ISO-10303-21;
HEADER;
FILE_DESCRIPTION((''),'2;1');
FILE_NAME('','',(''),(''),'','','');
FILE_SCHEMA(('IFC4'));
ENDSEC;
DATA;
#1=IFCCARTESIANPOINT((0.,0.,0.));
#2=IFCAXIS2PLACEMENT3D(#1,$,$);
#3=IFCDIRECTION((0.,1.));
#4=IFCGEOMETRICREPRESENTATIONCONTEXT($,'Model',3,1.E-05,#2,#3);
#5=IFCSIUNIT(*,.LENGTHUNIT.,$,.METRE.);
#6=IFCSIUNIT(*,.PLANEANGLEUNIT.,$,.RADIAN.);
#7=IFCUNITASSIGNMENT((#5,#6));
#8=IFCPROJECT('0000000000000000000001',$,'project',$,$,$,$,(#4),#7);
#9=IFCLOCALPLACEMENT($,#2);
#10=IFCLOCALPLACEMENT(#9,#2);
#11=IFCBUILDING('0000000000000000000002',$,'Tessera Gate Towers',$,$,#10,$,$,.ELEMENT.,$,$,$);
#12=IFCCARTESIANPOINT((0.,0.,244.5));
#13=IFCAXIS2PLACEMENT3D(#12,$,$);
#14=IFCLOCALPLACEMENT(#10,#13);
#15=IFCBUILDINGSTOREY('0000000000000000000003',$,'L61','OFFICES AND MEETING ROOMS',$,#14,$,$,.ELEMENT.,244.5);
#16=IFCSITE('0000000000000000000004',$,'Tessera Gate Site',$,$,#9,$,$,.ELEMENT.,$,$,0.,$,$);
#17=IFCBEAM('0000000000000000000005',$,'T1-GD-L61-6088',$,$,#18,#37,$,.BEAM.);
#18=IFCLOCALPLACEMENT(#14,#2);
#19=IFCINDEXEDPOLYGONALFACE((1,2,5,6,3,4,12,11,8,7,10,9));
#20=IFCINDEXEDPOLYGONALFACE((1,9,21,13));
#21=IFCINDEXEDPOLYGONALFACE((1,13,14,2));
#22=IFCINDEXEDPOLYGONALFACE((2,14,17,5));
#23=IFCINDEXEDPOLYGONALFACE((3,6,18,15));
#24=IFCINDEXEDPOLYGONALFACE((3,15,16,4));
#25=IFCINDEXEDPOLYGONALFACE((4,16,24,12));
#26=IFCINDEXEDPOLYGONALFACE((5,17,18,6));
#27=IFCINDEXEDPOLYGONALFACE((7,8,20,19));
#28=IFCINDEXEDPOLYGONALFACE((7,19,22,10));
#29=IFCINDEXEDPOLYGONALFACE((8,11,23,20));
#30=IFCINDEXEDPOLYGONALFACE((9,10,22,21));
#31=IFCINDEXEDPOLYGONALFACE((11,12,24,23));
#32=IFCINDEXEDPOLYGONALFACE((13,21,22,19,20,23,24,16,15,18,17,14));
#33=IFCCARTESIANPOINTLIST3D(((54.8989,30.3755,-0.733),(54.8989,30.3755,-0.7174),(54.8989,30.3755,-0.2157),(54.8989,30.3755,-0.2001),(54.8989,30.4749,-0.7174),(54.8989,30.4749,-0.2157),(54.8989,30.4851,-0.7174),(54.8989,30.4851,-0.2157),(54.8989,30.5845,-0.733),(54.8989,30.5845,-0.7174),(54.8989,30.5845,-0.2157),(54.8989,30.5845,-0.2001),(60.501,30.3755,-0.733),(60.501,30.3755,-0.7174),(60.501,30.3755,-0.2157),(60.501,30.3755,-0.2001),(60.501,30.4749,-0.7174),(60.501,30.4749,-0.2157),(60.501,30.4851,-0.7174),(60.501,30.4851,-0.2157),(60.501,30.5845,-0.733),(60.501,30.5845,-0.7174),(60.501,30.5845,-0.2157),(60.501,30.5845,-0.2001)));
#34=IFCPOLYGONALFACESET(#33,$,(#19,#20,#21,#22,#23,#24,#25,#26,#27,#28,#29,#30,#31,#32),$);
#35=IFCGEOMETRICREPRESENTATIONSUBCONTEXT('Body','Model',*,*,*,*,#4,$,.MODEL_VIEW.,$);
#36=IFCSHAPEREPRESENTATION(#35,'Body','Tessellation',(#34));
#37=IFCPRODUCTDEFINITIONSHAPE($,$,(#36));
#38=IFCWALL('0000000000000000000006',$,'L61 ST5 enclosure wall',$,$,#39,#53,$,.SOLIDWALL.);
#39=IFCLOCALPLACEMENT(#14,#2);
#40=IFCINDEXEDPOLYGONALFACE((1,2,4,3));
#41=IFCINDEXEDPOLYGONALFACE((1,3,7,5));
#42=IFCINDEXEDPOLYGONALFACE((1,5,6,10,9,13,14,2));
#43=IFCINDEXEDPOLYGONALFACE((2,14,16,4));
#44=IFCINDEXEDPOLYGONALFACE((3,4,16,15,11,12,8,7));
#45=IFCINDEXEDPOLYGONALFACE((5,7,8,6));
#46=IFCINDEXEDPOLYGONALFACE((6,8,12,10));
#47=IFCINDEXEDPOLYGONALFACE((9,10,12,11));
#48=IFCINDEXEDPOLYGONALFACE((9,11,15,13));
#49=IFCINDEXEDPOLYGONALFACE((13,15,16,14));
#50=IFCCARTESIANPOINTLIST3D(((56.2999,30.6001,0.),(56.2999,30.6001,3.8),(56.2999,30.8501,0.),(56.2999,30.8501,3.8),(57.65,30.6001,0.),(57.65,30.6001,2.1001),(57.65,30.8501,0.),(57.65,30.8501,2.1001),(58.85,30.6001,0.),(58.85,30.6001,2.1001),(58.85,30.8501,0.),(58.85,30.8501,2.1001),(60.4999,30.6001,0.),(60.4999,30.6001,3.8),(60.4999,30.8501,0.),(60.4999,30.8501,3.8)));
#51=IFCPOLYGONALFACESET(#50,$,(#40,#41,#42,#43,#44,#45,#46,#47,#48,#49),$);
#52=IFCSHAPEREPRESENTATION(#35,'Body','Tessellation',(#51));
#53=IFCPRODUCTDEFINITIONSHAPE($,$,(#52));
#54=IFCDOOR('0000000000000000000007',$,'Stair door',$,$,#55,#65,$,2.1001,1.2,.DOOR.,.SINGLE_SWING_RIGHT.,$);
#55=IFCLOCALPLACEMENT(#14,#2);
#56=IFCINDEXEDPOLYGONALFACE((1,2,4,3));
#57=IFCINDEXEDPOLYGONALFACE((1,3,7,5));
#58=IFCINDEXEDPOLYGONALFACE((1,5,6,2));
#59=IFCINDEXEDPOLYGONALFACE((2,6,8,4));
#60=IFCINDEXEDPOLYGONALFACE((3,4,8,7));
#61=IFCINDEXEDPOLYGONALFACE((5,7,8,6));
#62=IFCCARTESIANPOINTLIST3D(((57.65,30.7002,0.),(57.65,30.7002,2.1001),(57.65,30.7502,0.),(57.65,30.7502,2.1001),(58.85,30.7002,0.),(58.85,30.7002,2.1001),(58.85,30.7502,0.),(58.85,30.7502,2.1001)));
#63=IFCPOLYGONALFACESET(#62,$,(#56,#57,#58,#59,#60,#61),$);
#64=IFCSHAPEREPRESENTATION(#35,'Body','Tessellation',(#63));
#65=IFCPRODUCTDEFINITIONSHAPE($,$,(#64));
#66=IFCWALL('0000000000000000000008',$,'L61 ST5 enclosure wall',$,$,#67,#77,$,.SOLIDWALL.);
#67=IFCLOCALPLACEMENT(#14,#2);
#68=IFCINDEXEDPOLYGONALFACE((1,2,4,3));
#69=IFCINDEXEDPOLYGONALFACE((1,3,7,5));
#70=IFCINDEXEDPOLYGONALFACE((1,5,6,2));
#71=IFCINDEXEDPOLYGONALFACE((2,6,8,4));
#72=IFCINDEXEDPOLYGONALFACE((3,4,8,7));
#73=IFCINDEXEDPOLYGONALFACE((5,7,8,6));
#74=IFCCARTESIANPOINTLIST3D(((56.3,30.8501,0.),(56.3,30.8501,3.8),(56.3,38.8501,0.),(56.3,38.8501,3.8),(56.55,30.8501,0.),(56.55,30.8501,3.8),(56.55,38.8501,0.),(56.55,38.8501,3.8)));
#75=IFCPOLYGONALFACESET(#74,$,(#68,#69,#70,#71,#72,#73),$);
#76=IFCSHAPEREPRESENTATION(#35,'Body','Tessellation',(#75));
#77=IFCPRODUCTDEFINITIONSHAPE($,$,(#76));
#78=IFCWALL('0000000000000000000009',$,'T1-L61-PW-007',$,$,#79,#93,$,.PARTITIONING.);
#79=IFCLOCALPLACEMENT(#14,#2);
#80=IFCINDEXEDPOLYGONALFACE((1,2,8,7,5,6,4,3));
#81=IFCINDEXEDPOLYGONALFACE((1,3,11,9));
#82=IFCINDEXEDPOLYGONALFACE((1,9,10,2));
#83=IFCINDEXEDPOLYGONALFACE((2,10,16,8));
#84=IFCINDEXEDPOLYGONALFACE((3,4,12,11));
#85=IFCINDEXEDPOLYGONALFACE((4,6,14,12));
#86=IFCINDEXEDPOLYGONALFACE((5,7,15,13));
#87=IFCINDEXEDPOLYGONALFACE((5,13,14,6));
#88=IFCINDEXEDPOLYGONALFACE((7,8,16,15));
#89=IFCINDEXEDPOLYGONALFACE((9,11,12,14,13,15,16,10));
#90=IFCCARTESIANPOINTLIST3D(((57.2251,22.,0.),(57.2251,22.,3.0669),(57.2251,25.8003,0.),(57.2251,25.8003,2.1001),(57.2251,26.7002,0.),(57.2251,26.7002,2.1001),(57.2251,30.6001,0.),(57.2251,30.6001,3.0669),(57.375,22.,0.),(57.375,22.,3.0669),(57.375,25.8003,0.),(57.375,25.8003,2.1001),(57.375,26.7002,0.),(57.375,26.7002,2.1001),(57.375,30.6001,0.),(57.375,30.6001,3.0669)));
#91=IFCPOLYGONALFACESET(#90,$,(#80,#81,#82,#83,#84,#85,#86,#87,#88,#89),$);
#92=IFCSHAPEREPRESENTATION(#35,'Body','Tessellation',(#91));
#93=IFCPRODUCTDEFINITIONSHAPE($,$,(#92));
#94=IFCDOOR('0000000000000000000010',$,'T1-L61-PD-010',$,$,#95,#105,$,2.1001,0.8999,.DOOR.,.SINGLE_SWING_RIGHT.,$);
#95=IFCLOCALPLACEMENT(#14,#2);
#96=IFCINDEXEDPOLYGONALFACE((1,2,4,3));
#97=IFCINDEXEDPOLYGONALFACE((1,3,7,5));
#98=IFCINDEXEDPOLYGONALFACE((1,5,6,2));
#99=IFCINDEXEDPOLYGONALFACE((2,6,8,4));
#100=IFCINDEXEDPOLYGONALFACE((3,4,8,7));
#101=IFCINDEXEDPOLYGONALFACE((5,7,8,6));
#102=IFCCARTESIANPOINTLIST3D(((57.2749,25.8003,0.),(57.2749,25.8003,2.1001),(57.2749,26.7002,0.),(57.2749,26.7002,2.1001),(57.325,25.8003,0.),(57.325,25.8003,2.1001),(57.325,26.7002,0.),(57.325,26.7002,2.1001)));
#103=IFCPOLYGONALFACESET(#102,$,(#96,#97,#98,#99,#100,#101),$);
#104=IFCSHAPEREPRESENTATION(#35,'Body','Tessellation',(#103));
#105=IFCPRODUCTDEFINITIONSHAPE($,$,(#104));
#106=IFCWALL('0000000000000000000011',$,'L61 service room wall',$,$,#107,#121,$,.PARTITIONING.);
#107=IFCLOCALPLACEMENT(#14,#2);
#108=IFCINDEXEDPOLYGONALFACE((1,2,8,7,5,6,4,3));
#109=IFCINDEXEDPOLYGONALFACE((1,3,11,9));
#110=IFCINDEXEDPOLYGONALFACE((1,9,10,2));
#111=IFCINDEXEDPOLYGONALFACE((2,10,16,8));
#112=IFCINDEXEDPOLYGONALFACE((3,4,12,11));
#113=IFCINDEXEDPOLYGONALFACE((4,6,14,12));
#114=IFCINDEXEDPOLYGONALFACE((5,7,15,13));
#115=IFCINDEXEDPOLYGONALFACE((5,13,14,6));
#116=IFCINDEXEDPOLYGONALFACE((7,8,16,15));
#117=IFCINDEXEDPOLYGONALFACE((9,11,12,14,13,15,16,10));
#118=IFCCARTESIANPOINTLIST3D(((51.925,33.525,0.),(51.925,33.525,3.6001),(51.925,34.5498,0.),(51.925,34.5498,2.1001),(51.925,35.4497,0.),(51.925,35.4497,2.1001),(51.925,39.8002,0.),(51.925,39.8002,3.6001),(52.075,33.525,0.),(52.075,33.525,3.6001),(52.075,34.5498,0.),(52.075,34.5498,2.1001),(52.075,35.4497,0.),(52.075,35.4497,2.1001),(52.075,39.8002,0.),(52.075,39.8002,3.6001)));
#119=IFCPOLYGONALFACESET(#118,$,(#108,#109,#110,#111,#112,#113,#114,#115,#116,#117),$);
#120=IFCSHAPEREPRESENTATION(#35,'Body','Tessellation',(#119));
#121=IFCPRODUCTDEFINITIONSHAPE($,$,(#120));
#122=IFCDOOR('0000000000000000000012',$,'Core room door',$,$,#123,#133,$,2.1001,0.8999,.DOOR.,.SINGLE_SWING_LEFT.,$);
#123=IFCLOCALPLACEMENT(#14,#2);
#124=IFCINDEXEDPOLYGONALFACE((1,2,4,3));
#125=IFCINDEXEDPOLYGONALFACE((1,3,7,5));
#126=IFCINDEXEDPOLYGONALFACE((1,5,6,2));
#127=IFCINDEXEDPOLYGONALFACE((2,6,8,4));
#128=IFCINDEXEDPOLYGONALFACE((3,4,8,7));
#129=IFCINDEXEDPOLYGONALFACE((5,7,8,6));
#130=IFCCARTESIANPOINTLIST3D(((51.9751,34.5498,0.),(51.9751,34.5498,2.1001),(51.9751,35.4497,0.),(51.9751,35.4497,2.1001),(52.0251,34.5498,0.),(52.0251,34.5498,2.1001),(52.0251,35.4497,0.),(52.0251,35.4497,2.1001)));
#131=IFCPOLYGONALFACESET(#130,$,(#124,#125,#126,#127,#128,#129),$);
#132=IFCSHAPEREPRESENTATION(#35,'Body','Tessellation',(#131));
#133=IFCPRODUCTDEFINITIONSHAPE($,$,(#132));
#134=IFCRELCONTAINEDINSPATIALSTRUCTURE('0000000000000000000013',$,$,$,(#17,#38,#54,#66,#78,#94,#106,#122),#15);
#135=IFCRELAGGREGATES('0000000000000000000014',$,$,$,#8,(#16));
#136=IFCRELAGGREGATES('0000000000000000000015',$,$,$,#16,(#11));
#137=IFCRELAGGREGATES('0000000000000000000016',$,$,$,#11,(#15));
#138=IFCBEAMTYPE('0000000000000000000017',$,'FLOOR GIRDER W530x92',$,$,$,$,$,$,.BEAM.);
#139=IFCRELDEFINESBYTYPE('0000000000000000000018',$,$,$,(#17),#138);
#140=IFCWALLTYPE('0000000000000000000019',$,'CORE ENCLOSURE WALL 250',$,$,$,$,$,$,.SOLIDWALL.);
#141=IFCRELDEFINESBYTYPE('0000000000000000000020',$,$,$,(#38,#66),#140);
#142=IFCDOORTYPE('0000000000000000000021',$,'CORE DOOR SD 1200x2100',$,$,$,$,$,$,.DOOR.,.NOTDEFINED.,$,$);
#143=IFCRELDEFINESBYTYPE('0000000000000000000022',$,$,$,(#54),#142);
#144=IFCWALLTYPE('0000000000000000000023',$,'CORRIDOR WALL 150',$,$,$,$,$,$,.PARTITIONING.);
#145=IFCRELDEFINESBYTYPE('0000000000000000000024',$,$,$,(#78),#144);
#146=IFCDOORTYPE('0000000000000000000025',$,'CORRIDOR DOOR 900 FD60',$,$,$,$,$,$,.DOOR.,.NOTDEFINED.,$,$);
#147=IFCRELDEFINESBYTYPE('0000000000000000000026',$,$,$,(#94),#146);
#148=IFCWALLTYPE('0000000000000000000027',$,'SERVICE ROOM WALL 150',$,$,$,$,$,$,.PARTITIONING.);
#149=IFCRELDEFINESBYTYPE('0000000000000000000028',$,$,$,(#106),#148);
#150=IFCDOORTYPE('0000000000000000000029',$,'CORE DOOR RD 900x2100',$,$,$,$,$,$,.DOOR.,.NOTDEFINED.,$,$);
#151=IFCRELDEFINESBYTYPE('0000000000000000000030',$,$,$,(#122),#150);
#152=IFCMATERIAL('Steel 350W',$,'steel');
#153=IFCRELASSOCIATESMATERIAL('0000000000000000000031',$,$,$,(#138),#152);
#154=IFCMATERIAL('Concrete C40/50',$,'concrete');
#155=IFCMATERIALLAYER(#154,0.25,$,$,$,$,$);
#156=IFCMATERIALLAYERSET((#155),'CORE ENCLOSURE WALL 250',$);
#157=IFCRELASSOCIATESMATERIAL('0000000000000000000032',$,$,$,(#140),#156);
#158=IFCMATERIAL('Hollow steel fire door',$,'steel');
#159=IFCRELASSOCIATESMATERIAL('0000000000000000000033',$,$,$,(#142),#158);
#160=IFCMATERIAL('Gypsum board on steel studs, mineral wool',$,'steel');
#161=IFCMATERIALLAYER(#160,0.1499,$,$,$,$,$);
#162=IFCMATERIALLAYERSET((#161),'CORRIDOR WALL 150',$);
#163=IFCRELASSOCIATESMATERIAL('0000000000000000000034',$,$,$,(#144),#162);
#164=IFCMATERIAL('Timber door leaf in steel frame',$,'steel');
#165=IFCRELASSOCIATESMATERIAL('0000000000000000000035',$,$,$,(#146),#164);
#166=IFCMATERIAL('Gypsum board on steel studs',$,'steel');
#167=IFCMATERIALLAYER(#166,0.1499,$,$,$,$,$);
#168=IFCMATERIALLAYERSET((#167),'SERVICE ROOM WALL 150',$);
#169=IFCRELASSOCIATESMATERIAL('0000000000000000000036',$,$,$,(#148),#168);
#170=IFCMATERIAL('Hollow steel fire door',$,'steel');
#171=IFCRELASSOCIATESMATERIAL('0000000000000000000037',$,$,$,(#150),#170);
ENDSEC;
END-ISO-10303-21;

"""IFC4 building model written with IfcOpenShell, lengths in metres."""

from ifc_helpers import new_model, si_unit, direction, frame, frame_2d, origin, origin_2d, place, context, subcontext, project, spatial, rectangle, i_section, extrude, source, transform, mapped, material, layer, layer_set, material_profile, profile_set, type_object, element, fill, save


model = new_model("IFC4")

# Units and contexts
model_context = context("Model", 3, precision=1e-05, world=origin(), true_north=direction((0.0, 1.0)))
body_context = subcontext(model_context, "Body", "Model", "MODEL_VIEW")
ifc_project = project(units=[si_unit("LENGTHUNIT", "METRE"), si_unit("PLANEANGLEUNIT", "RADIAN")], contexts=[model_context])

# Site, building, storey
site_placement = place(None, origin())
site = spatial("IfcSite", under=ifc_project, at=site_placement, Name="Tessera Gate Site", CompositionType="ELEMENT", RefElevation=0.0)
building_placement = place(site_placement, origin())
building = spatial("IfcBuilding", under=site, at=building_placement, Name="Tessera Gate Towers", CompositionType="ELEMENT")
storey_placement = place(building_placement, frame((0.0, 0.0, 244.5)))
storey = spatial("IfcBuildingStorey", under=building, at=storey_placement, Name="L61", Description="OFFICES AND MEETING ROOMS", CompositionType="ELEMENT", Elevation=244.5)

# Beam
ifc_material_1 = material(Name="Steel 350W", Category="steel")
ifc_material_profile = material_profile(ifc_material_1, i_section(OverallWidth=0.209, OverallDepth=0.533, WebThickness=0.0103, FlangeThickness=0.0156, at=origin_2d()), Name="W530x92")
ifc_profile_set = profile_set([ifc_material_profile], Name="Steel 350W")
beam_type = type_object("IfcBeamType", Name="FLOOR GIRDER W530x92", PredefinedType="BEAM", material=ifc_profile_set)
beam_placement = place(storey_placement, frame((54.8989, 30.48, -0.4666), z_axis=(1.0, 0.0, 0.0), x_axis=(0.0, 1.0, 0.0)))
element("IfcBeam", 1, at=beam_placement, inside=storey, type_object=beam_type, Name="T1-GD-L61-6088", PredefinedType="BEAM", context=body_context, shape_type="SweptSolid", body=[
    extrude(i_section(OverallWidth=0.209, OverallDepth=0.533, WebThickness=0.0103, FlangeThickness=0.0156, at=origin_2d()), origin(), (0.0, 0.0, 1.0), 5.6021),
])

# Wall, opening, door
ifc_material_2 = material(Name="Concrete C40/50", Category="concrete")
ifc_layer_1 = layer(ifc_material_2, 0.25)
ifc_layer_set_1 = layer_set([ifc_layer_1], Name="CORE ENCLOSURE WALL 250")
wall_type_1 = type_object("IfcWallType", Name="CORE ENCLOSURE WALL 250", PredefinedType="SOLIDWALL", material=ifc_layer_set_1)
wall_1_placement = place(storey_placement, frame((60.5, 30.7251, 0.0), z_axis=(0.0, 0.0, 1.0), x_axis=(-1.0, 0.0, 0.0)))
wall_1 = element("IfcWall", 2, at=wall_1_placement, inside=storey, type_object=wall_type_1, Name="L61 ST5 enclosure wall", PredefinedType="SOLIDWALL", context=body_context, shape_type="SweptSolid", body=[
    extrude(rectangle(XDim=4.2, YDim=0.25, at=frame_2d((2.1001, 0.0))), origin(), (0.0, 0.0, 1.0), 3.8),
])
shared_shape_1 = source(origin(), body_context, "Body", "SweptSolid", [
    extrude(rectangle(XDim=1.2, YDim=2.1001, at=frame_2d((0.6001, 1.05))), frame((0.0, 0.135, 0.0), z_axis=(0.0, -1.0, 0.0), x_axis=(1.0, 0.0, 0.0)), (0.0, 0.0, 1.0), 0.27),
])
opening_1_placement = place(wall_1_placement, frame((1.6499, 0.0, 0.0)))
opening_1 = element("IfcOpeningElement", 3, at=opening_1_placement, cuts=wall_1, PredefinedType="OPENING", context=body_context, shape_type="MappedRepresentation", body=[
    mapped(shared_shape_1, transform((0.0, 0.0, 0.0), scale=1.0)),
])
ifc_material_3 = material(Name="Hollow steel fire door", Category="steel")
door_type_1 = type_object("IfcDoorType", Name="CORE DOOR SD 1200x2100", OperationType="NOTDEFINED", PredefinedType="DOOR", material=ifc_material_3)
shared_shape_2 = source(origin(), body_context, "Body", "SweptSolid", [
    extrude(rectangle(XDim=1.2, YDim=2.1001, at=frame_2d((0.6001, 1.05))), frame((0.0, 0.0249, 0.0), z_axis=(0.0, -1.0, 0.0), x_axis=(1.0, 0.0, 0.0)), (0.0, 0.0, 1.0), 0.05),
])
door_1_placement = place(opening_1_placement, origin())
door_1 = element("IfcDoor", 4, at=door_1_placement, inside=storey, type_object=door_type_1, Name="Stair door", OperationType="SINGLE_SWING_RIGHT", OverallHeight=2.1001, OverallWidth=1.2, PredefinedType="DOOR", context=body_context, shape_type="MappedRepresentation", body=[
    mapped(shared_shape_2, transform((0.0, 0.0, 0.0), scale=1.0)),
])
fill(opening_1, door_1)

# Wall
wall_2_placement = place(storey_placement, frame((56.425, 30.8501, 0.0), z_axis=(0.0, 0.0, 1.0), x_axis=(0.0, 1.0, 0.0)))
element("IfcWall", 5, at=wall_2_placement, inside=storey, type_object=wall_type_1, Name="L61 ST5 enclosure wall", PredefinedType="SOLIDWALL", context=body_context, shape_type="SweptSolid", body=[
    extrude(rectangle(XDim=8.0, YDim=0.25, at=frame_2d((4.0, 0.0))), origin(), (0.0, 0.0, 1.0), 3.8),
])

# Walls, openings, doors
ifc_material_4 = material(Name="Gypsum board on steel studs, mineral wool", Category="steel")
ifc_layer_2 = layer(ifc_material_4, 0.1499)
ifc_layer_set_2 = layer_set([ifc_layer_2], Name="CORRIDOR WALL 150")
wall_type_2 = type_object("IfcWallType", Name="CORRIDOR WALL 150", PredefinedType="PARTITIONING", material=ifc_layer_set_2)
wall_3_placement = place(storey_placement, frame((57.3, 30.6001, 0.0), z_axis=(0.0, 0.0, 1.0), x_axis=(0.0, -1.0, 0.0)))
wall_3 = element("IfcWall", 6, at=wall_3_placement, inside=storey, type_object=wall_type_2, Name="T1-L61-PW-007", PredefinedType="PARTITIONING", context=body_context, shape_type="SweptSolid", body=[
    extrude(rectangle(XDim=8.6001, YDim=0.1499, at=frame_2d((4.3, 0.0))), origin(), (0.0, 0.0, 1.0), 3.0669),
])
shared_shape_3 = source(origin(), body_context, "Body", "SweptSolid", [
    extrude(rectangle(XDim=0.8999, YDim=2.1001, at=frame_2d((0.45, 1.05))), frame((0.0, 0.085, 0.0), z_axis=(0.0, -1.0, 0.0), x_axis=(1.0, 0.0, 0.0)), (0.0, 0.0, 1.0), 0.1699),
])
opening_2_placement = place(wall_3_placement, frame((3.8999, 0.0, 0.0)))
opening_2 = element("IfcOpeningElement", 7, at=opening_2_placement, cuts=wall_3, PredefinedType="OPENING", context=body_context, shape_type="MappedRepresentation", body=[
    mapped(shared_shape_3, transform((0.0, 0.0, 0.0), scale=1.0)),
])
ifc_material_5 = material(Name="Timber door leaf in steel frame", Category="steel")
door_type_2 = type_object("IfcDoorType", Name="CORRIDOR DOOR 900 FD60", OperationType="NOTDEFINED", PredefinedType="DOOR", material=ifc_material_5)
shared_shape_4 = source(origin(), body_context, "Body", "SweptSolid", [
    extrude(rectangle(XDim=0.8999, YDim=2.1001, at=frame_2d((0.45, 1.05))), frame((0.0, 0.0249, 0.0), z_axis=(0.0, -1.0, 0.0), x_axis=(1.0, 0.0, 0.0)), (0.0, 0.0, 1.0), 0.05),
])
door_2_placement = place(opening_2_placement, origin())
door_2 = element("IfcDoor", 8, at=door_2_placement, inside=storey, type_object=door_type_2, Name="T1-L61-PD-010", OperationType="SINGLE_SWING_RIGHT", OverallHeight=2.1001, OverallWidth=0.8999, PredefinedType="DOOR", context=body_context, shape_type="MappedRepresentation", body=[
    mapped(shared_shape_4, transform((0.0, 0.0, 0.0), scale=1.0)),
])
fill(opening_2, door_2)
ifc_material_6 = material(Name="Gypsum board on steel studs", Category="steel")
ifc_layer_3 = layer(ifc_material_6, 0.1499)
ifc_layer_set_3 = layer_set([ifc_layer_3], Name="SERVICE ROOM WALL 150")
wall_type_3 = type_object("IfcWallType", Name="SERVICE ROOM WALL 150", PredefinedType="PARTITIONING", material=ifc_layer_set_3)
wall_4_placement = place(storey_placement, frame((52.0, 33.5249, 0.0), z_axis=(0.0, 0.0, 1.0), x_axis=(0.0, 1.0, 0.0)))
wall_4 = element("IfcWall", 9, at=wall_4_placement, inside=storey, type_object=wall_type_3, Name="L61 service room wall", PredefinedType="PARTITIONING", context=body_context, shape_type="SweptSolid", body=[
    extrude(rectangle(XDim=6.2751, YDim=0.1499, at=frame_2d((3.1377, 0.0))), origin(), (0.0, 0.0, 1.0), 3.6001),
])
opening_3_placement = place(wall_4_placement, frame((1.0249, 0.0, 0.0)))
opening_3 = element("IfcOpeningElement", 10, at=opening_3_placement, cuts=wall_4, PredefinedType="OPENING", context=body_context, shape_type="MappedRepresentation", body=[
    mapped(shared_shape_3, transform((0.0, 0.0, 0.0), scale=1.0)),
])
ifc_material_7 = material(Name="Hollow steel fire door", Category="steel")
door_type_3 = type_object("IfcDoorType", Name="CORE DOOR RD 900x2100", OperationType="NOTDEFINED", PredefinedType="DOOR", material=ifc_material_7)
door_3_placement = place(opening_3_placement, origin())
door_3 = element("IfcDoor", 11, at=door_3_placement, inside=storey, type_object=door_type_3, Name="Core room door", OperationType="SINGLE_SWING_LEFT", OverallHeight=2.1001, OverallWidth=0.8999, PredefinedType="DOOR", context=body_context, shape_type="MappedRepresentation", body=[
    mapped(shared_shape_4, transform((0.0, 0.0, 0.0), scale=1.0)),
])
fill(opening_3, door_3)

save(model, "model.ifc")
